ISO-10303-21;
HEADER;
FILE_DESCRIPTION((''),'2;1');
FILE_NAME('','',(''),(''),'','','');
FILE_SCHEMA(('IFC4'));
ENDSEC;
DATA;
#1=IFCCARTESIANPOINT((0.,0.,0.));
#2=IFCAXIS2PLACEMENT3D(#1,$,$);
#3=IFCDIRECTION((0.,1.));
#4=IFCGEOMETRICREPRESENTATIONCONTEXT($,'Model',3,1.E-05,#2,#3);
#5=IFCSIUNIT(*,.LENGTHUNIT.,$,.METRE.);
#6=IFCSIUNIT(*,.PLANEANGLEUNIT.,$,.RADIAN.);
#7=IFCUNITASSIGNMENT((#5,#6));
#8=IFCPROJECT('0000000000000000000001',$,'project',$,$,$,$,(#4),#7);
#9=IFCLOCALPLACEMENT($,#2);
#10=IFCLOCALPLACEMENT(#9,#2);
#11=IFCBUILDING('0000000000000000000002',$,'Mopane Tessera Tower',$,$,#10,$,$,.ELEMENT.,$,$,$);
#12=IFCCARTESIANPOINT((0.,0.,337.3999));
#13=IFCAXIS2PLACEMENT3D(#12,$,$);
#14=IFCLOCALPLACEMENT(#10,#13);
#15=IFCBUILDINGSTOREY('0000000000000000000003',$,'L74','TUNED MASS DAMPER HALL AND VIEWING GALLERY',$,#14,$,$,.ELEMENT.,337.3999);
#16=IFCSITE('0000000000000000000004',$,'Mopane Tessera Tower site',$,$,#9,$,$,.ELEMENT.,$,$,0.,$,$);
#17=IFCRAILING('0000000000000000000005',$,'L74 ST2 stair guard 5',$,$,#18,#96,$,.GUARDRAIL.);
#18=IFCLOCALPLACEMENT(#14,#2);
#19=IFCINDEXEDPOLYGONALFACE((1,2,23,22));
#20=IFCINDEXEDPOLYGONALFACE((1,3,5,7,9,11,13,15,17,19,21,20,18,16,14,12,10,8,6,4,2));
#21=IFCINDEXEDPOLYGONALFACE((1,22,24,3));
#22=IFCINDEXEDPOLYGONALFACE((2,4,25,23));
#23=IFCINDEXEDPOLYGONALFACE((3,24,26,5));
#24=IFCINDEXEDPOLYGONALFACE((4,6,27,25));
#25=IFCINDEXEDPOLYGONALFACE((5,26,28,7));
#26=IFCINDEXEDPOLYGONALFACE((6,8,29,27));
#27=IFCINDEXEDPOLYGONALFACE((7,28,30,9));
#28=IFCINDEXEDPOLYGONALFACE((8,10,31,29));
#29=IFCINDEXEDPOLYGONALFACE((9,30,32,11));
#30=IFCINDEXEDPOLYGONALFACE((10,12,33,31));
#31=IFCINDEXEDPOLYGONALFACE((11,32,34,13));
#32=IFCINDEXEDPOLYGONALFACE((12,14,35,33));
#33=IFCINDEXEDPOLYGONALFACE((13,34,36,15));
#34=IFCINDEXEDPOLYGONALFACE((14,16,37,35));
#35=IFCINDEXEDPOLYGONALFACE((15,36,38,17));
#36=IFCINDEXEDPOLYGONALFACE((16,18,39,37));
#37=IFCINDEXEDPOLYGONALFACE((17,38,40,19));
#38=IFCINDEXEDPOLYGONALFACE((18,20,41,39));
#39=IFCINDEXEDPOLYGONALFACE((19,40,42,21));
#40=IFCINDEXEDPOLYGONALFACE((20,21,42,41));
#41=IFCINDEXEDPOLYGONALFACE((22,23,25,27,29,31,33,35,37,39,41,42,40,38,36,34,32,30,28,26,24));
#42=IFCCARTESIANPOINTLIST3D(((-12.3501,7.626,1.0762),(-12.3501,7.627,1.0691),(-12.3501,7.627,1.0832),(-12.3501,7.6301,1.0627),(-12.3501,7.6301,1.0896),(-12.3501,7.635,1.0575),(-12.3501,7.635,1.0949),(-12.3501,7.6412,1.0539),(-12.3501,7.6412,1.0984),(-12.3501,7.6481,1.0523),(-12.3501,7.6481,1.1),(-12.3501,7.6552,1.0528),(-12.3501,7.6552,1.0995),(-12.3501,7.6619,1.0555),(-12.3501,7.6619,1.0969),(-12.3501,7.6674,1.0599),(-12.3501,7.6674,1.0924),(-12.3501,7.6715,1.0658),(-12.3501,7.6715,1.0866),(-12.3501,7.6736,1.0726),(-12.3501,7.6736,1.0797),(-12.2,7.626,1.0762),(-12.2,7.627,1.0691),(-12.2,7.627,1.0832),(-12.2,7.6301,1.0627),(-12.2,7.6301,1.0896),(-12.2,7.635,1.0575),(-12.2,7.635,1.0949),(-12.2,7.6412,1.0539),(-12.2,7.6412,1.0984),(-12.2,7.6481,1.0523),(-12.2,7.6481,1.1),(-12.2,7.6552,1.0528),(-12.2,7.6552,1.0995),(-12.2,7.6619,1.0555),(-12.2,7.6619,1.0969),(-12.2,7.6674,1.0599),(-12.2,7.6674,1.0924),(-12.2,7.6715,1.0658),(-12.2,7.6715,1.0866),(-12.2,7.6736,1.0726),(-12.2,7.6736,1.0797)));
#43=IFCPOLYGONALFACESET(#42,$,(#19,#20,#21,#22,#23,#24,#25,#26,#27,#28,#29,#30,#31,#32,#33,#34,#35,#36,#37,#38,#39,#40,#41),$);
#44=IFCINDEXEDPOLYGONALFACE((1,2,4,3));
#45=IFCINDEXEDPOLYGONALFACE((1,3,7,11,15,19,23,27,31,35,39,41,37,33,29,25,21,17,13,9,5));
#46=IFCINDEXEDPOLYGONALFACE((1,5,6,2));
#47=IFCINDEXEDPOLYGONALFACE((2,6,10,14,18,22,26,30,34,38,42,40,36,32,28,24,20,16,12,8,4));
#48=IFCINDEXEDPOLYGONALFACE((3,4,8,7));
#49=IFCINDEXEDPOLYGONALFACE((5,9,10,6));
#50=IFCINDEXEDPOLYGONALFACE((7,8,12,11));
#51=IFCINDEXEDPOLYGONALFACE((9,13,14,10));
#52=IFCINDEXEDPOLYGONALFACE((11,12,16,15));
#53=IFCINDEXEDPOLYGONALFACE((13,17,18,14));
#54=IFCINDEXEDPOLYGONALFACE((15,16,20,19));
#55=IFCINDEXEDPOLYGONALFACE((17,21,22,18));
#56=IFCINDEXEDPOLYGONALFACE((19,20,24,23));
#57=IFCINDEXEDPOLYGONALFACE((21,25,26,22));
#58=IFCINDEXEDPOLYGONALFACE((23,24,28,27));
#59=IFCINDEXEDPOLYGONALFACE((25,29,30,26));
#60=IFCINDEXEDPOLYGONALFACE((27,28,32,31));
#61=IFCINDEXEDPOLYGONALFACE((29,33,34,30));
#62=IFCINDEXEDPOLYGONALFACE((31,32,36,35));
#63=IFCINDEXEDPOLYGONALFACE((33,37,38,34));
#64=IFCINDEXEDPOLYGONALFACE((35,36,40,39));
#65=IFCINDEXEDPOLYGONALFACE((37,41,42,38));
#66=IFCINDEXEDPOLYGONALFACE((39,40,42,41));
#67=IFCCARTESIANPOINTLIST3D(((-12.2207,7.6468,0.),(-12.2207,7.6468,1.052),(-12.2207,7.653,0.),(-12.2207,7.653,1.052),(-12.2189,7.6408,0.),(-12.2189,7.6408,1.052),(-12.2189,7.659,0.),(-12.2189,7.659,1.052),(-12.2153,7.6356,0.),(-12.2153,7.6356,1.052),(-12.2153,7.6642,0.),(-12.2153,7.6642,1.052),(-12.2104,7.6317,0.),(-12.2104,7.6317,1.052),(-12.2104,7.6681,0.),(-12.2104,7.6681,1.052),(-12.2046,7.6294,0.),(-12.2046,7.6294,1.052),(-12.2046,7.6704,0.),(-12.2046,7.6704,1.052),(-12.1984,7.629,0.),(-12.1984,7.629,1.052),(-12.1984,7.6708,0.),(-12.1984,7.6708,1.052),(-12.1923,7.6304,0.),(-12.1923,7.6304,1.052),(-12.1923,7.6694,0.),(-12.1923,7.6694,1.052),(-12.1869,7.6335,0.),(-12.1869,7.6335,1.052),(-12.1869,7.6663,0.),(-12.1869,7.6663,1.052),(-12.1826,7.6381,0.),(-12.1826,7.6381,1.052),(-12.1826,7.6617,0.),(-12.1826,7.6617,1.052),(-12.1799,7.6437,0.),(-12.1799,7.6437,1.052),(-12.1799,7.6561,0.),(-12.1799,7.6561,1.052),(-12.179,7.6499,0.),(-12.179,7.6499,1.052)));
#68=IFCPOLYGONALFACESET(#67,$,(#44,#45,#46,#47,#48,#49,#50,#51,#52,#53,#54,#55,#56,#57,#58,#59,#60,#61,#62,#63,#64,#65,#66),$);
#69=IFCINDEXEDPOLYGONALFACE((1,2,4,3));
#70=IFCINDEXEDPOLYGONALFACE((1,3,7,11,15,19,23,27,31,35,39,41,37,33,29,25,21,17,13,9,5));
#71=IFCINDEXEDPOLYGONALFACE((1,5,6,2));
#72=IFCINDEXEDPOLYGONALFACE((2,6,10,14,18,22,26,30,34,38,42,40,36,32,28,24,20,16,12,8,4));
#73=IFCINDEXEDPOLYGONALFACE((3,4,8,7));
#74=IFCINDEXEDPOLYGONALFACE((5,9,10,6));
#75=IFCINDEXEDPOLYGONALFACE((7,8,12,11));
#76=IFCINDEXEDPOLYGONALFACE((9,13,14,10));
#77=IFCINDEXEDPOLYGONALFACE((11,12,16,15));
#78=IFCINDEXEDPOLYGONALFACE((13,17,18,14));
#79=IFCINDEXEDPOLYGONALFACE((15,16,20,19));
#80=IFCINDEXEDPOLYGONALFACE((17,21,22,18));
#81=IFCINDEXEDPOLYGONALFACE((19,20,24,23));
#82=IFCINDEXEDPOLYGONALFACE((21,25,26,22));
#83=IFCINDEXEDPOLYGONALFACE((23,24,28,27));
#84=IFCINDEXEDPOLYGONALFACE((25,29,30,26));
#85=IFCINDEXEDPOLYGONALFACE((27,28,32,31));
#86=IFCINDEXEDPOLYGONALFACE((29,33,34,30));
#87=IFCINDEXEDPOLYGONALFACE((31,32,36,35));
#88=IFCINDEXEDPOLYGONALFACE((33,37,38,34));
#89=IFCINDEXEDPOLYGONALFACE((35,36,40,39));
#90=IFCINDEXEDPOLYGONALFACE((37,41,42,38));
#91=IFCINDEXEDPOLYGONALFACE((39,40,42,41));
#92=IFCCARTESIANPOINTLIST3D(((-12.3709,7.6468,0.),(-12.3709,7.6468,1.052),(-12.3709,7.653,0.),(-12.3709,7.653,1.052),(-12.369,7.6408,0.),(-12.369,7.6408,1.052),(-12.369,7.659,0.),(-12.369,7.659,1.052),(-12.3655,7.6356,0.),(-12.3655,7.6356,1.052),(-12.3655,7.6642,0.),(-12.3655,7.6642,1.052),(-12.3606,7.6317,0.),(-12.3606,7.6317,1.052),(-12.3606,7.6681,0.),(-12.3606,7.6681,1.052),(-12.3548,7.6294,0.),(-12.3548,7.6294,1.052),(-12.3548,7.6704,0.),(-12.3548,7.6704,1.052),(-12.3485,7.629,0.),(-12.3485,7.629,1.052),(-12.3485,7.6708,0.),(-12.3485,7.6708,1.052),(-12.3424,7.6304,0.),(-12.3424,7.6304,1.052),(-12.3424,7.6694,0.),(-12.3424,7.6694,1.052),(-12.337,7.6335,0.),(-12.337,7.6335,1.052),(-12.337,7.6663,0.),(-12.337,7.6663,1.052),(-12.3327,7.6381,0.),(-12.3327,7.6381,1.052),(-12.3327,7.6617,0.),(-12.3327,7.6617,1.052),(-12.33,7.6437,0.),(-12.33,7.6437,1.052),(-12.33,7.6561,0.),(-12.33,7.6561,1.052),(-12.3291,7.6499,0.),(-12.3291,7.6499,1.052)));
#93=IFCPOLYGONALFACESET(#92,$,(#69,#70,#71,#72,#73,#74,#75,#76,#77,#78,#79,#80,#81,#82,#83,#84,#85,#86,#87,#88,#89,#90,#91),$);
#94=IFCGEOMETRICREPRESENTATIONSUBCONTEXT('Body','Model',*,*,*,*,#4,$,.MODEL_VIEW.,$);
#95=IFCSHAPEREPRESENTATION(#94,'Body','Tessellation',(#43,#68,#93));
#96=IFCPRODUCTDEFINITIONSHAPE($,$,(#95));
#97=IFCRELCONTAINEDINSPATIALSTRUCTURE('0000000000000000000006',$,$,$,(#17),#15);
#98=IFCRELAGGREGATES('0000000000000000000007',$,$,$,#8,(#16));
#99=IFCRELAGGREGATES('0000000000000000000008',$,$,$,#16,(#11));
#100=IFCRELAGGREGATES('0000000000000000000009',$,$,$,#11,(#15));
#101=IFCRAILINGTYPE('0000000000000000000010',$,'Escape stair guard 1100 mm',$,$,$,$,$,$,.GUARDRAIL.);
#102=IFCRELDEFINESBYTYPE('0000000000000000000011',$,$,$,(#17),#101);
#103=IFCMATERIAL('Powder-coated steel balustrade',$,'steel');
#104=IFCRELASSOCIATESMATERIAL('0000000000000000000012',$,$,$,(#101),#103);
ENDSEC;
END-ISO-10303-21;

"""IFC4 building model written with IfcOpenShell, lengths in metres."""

from ifc_helpers import new_model, si_unit, direction, frame, origin, origin_2d, place, context, subcontext, project, spatial, circle, extrude, material, type_object, element, save


model = new_model("IFC4")

# Units and contexts
model_context = context("Model", 3, precision=1e-05, world=origin(), true_north=direction((0.0, 1.0)))
body_context = subcontext(model_context, "Body", "Model", "MODEL_VIEW")
ifc_project = project(units=[si_unit("LENGTHUNIT", "METRE"), si_unit("PLANEANGLEUNIT", "RADIAN")], contexts=[model_context])

# Site, building, storey
site_placement = place(None, origin())
site = spatial("IfcSite", under=ifc_project, at=site_placement, Name="Mopane Tessera Tower site", CompositionType="ELEMENT", RefElevation=0.0)
building_placement = place(site_placement, origin())
building = spatial("IfcBuilding", under=site, at=building_placement, Name="Mopane Tessera Tower", CompositionType="ELEMENT")
storey_placement = place(building_placement, frame((0.0, 0.0, 337.3999)))
storey = spatial("IfcBuildingStorey", under=building, at=storey_placement, Name="L74", Description="TUNED MASS DAMPER HALL AND VIEWING GALLERY", CompositionType="ELEMENT", Elevation=337.3999)

# Railing
ifc_material_1 = material(Name="Powder-coated steel balustrade", Category="steel")
railing_type_1 = type_object("IfcRailingType", Name="Escape stair guard 1100 mm", PredefinedType="GUARDRAIL", material=ifc_material_1)
railing_placement = place(storey_placement, frame((-12.2, 7.6499, 0.0)))
element("IfcRailing", 1, at=railing_placement, inside=storey, type_object=railing_type_1, Name="L74 ST2 stair guard 5", PredefinedType="GUARDRAIL", context=body_context, shape_type="SweptSolid", body=[
    extrude(circle(Radius=0.0239, at=origin_2d()), frame((0.0, 0.0, 1.0762), z_axis=(-1.0, 0.0, 0.0), x_axis=(0.0, -1.0, 0.0)), (0.0, 0.0, 1.0), 0.1501),
    extrude(circle(Radius=0.021, at=origin_2d()), origin(), (0.0, 0.0, 1.0), 1.052),
    extrude(circle(Radius=0.021, at=origin_2d()), frame((-0.1501, 0.0, 0.0)), (0.0, 0.0, 1.0), 1.052),
])

save(model, "model.ifc")
